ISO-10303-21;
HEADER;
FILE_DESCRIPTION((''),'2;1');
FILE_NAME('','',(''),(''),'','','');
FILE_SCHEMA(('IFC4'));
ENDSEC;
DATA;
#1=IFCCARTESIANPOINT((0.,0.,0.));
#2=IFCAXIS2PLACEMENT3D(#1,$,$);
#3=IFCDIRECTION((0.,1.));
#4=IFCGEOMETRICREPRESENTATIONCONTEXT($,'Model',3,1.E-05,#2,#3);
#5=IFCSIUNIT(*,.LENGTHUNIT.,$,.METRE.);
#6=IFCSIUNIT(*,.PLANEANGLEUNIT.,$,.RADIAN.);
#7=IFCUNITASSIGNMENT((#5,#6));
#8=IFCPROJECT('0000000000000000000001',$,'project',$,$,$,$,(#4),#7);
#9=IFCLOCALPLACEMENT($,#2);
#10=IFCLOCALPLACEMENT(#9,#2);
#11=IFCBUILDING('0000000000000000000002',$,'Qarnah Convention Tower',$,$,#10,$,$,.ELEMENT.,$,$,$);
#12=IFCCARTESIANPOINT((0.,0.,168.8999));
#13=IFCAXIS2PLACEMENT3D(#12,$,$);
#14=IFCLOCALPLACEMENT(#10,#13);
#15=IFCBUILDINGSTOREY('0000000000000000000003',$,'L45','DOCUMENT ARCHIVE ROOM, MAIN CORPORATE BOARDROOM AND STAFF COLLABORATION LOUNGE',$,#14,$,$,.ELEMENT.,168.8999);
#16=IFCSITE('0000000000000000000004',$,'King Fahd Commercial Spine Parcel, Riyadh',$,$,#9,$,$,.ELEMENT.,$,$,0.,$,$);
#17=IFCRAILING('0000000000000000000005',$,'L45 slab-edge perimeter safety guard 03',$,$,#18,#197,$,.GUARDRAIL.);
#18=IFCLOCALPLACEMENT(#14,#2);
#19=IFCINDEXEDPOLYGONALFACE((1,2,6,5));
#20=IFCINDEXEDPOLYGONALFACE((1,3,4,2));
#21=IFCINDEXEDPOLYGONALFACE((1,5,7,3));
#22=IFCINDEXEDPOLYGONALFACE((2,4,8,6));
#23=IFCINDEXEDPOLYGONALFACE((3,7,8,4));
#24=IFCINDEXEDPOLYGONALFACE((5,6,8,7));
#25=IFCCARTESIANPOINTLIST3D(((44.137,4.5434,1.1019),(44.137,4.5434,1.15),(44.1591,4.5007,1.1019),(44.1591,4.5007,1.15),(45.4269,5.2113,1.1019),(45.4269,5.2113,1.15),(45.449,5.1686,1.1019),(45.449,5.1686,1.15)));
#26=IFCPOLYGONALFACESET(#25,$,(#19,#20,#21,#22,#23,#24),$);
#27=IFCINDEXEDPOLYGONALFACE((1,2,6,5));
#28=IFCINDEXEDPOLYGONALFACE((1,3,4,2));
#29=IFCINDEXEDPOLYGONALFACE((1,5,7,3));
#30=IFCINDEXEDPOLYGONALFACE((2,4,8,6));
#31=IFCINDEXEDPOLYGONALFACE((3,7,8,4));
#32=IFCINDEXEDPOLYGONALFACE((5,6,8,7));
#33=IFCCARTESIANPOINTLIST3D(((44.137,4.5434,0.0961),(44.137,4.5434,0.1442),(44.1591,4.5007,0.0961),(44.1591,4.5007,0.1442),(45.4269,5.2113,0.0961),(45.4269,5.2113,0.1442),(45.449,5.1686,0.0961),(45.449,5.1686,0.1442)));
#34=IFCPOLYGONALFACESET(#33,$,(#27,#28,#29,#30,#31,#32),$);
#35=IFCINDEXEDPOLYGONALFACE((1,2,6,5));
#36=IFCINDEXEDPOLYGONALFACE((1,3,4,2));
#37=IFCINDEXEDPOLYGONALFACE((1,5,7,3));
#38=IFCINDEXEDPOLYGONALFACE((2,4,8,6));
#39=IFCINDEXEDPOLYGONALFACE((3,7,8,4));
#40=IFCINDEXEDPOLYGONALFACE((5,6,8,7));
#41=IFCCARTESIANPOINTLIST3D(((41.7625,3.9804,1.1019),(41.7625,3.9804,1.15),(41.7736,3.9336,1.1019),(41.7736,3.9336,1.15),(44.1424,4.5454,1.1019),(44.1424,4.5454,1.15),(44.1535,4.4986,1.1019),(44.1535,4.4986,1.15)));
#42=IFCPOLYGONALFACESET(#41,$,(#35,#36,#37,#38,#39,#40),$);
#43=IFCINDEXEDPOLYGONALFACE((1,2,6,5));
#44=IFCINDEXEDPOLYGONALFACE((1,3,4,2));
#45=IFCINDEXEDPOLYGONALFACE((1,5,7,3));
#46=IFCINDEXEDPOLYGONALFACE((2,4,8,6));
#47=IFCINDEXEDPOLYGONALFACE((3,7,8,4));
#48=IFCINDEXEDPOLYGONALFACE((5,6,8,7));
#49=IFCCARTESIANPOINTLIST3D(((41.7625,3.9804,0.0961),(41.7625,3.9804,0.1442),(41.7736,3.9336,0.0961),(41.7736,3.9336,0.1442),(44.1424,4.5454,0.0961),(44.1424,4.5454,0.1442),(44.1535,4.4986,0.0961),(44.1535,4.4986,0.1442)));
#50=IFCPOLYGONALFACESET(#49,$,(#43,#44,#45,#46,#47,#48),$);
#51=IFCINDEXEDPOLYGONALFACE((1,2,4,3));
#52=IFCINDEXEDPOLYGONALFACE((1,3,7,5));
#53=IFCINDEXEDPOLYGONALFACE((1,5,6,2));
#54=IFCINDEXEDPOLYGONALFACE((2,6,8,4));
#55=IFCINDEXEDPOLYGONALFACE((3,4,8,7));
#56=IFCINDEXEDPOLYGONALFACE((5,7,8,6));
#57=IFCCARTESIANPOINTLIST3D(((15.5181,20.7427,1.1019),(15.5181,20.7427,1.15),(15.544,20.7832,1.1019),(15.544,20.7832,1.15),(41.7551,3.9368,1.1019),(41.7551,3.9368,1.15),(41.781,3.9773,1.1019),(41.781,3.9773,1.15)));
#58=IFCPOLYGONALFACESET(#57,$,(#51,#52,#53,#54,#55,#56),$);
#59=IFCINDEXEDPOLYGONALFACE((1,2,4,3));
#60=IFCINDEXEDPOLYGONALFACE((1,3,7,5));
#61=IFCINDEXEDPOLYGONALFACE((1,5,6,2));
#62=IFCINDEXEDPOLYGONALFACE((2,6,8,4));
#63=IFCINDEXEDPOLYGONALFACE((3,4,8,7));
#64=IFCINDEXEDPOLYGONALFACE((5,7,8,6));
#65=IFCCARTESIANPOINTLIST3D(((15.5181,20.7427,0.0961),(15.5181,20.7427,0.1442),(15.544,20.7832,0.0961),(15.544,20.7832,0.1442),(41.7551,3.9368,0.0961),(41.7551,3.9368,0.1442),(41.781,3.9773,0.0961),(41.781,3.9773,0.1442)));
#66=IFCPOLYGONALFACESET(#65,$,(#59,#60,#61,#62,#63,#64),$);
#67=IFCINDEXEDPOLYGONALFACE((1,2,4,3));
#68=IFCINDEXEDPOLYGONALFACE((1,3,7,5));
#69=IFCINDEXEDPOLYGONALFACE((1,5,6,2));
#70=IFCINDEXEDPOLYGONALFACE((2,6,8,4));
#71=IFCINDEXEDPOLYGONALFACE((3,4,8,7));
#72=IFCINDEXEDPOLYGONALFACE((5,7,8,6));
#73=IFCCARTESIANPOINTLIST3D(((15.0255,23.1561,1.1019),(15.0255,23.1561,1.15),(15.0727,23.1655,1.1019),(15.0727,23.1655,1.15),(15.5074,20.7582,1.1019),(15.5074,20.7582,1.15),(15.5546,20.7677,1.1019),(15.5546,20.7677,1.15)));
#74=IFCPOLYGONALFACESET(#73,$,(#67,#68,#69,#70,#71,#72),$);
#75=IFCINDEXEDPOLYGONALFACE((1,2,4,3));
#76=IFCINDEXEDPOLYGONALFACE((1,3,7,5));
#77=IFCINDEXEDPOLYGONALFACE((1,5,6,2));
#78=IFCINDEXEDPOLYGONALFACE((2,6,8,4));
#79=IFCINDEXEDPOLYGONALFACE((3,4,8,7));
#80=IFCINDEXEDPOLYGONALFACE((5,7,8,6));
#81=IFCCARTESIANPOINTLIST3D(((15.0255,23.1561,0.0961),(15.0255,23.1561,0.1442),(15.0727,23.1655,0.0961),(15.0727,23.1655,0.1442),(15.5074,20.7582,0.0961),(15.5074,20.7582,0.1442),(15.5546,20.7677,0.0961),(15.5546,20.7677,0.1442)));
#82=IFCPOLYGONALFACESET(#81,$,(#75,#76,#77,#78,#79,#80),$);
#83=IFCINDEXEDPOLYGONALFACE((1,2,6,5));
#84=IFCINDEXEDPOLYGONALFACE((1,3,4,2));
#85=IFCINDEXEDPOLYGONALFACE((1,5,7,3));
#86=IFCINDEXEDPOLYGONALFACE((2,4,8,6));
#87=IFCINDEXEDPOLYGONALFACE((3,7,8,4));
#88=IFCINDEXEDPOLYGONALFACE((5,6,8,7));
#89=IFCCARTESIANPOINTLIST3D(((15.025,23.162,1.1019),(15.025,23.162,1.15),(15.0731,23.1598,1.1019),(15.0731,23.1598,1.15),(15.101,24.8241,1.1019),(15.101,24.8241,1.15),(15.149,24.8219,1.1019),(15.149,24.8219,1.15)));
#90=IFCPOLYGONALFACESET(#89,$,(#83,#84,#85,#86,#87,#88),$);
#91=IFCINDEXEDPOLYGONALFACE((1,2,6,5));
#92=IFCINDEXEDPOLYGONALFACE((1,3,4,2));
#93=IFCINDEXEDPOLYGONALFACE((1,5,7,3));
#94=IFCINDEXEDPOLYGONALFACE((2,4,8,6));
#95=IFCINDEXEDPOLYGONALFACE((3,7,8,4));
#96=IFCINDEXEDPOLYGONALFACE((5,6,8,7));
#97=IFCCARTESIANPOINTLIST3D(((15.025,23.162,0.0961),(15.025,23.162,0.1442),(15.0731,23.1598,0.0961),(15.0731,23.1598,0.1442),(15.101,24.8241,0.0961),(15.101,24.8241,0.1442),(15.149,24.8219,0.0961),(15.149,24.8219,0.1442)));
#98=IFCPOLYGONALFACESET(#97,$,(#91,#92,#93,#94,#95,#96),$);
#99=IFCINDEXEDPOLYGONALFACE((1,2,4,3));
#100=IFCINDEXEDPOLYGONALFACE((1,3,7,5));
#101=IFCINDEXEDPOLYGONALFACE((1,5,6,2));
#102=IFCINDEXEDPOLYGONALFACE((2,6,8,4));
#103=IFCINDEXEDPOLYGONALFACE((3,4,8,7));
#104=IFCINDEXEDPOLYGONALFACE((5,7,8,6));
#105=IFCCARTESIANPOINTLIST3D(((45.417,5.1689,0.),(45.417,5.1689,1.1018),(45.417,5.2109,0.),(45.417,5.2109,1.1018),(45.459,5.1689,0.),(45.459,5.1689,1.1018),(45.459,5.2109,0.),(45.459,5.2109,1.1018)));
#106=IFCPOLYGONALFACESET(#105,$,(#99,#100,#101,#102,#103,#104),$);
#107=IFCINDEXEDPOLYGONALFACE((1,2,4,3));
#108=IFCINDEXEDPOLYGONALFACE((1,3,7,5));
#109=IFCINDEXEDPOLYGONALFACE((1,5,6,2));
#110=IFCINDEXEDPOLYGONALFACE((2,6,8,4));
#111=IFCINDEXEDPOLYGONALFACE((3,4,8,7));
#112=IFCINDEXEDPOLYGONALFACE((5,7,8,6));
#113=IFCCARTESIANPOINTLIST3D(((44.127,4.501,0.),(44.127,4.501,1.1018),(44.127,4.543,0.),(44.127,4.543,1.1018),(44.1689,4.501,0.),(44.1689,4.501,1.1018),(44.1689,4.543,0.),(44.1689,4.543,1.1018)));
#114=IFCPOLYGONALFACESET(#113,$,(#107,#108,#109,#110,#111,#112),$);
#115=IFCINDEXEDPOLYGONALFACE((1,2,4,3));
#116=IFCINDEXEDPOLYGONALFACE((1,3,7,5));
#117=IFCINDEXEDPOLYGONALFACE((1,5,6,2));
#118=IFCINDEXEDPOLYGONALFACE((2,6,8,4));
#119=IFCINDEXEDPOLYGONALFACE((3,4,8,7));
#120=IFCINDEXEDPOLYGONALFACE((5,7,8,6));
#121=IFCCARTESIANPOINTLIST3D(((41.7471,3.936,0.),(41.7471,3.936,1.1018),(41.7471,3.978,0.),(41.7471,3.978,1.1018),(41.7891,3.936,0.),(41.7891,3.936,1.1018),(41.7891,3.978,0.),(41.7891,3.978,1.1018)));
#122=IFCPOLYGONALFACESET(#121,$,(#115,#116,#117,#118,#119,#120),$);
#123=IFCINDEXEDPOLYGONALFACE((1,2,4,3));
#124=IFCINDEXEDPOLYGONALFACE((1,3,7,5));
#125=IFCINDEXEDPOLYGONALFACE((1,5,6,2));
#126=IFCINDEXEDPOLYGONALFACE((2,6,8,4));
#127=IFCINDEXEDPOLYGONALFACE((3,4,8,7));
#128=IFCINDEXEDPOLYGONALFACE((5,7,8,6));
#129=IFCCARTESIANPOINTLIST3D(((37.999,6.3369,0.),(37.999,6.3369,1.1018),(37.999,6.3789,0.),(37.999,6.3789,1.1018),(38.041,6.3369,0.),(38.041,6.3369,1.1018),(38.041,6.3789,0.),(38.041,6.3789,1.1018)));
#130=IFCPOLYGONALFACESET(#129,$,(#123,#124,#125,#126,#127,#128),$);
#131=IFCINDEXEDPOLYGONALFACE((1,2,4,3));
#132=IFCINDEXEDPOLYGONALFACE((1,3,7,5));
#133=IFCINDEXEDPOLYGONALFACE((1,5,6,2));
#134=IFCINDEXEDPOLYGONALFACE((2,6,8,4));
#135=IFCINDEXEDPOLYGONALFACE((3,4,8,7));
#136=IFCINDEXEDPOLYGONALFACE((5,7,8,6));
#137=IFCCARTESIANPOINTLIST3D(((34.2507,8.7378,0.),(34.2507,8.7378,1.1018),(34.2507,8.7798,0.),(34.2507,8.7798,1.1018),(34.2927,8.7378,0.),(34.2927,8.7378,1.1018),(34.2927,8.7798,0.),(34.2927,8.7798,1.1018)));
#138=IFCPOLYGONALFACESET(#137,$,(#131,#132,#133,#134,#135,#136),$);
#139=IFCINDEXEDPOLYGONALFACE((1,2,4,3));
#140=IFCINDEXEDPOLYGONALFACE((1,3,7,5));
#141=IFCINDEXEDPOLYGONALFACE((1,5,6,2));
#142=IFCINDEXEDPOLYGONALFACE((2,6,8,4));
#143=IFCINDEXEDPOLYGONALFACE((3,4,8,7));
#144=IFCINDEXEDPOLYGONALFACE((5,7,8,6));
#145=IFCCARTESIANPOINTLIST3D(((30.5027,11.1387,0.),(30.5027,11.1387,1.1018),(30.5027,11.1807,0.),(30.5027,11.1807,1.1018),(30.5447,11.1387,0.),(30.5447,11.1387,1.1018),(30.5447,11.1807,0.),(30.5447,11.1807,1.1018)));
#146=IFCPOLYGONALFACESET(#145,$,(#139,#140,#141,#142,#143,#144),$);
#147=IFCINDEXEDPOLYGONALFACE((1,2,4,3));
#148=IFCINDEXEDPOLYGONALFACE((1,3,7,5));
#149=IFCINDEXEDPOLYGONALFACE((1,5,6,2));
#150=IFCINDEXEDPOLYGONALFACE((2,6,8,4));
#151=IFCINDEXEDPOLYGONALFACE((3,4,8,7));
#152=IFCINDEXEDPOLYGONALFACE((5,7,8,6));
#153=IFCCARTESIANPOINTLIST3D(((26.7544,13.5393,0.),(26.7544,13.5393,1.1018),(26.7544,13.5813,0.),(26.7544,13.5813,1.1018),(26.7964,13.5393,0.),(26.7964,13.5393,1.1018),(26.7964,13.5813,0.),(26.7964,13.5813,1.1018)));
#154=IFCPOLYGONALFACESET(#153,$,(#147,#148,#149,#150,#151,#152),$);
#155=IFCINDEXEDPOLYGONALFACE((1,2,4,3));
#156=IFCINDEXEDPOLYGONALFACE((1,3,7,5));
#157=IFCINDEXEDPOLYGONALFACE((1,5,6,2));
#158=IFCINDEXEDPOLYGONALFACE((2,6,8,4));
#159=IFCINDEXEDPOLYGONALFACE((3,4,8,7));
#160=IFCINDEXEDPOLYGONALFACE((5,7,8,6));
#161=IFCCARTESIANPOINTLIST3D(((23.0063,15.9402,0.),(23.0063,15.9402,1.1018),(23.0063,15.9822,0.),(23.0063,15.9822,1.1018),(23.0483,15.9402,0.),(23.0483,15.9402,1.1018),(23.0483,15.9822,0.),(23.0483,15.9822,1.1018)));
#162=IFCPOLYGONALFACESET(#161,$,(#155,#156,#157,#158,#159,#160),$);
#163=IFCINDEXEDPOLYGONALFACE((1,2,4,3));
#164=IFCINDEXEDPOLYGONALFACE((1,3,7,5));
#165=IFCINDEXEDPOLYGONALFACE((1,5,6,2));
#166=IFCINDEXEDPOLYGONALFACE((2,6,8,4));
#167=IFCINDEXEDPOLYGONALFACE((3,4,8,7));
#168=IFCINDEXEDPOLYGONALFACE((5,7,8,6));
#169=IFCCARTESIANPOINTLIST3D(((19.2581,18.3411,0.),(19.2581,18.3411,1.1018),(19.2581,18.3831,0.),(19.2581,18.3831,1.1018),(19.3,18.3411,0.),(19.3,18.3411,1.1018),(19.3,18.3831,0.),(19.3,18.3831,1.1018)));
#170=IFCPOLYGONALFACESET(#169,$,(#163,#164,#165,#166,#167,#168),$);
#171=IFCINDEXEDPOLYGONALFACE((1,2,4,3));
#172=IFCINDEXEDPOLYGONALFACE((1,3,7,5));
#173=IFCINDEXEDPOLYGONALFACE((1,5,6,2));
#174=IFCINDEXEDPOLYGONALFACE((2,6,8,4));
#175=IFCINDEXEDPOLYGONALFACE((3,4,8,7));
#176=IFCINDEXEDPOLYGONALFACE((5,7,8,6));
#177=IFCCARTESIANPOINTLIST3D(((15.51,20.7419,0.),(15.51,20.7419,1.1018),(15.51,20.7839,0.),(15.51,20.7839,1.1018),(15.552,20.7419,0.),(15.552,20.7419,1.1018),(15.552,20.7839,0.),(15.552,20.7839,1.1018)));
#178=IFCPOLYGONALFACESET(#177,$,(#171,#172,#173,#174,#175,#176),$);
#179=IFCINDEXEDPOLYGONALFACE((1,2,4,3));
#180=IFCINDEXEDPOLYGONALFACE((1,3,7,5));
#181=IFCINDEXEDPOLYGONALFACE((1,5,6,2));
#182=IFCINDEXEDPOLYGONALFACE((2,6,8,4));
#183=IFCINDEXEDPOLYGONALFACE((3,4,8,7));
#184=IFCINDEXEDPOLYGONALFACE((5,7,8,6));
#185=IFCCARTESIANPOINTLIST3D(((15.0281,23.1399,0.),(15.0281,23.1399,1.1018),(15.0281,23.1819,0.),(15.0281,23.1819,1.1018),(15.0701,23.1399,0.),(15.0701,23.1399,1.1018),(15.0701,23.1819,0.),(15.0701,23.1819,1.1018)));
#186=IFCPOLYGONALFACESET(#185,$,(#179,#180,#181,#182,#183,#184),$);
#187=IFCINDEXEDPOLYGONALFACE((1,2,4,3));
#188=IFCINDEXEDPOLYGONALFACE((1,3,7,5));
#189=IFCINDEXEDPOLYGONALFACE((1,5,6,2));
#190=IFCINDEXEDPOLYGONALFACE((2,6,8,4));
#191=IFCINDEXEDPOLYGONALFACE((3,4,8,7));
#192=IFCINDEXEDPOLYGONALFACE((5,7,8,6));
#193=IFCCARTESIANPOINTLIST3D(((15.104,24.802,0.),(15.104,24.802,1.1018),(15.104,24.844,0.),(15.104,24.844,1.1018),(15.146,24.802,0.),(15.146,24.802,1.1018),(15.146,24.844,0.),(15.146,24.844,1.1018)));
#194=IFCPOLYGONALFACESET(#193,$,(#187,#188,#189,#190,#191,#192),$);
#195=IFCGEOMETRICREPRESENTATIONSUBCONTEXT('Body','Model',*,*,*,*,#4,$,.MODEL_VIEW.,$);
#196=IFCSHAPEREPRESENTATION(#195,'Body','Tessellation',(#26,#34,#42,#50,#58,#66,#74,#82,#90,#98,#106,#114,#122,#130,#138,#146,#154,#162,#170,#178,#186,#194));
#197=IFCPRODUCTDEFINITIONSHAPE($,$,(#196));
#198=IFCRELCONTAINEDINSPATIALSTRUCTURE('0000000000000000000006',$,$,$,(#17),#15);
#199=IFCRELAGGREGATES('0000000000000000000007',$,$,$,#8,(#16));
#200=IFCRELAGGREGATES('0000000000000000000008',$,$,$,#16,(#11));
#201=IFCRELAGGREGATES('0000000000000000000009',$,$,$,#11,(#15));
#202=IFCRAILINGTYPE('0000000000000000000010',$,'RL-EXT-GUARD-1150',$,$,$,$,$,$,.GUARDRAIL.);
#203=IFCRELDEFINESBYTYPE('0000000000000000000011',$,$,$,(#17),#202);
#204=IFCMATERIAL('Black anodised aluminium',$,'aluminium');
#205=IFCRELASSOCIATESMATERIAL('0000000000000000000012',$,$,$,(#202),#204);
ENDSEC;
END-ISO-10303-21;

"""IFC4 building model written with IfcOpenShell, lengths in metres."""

from ifc_helpers import new_model, si_unit, direction, frame, origin, origin_2d, place, context, subcontext, project, spatial, rectangle, extrude, material, type_object, element, save


model = new_model("IFC4")

# Units and contexts
model_context = context("Model", 3, precision=1e-05, world=origin(), true_north=direction((0.0, 1.0)))
body_context = subcontext(model_context, "Body", "Model", "MODEL_VIEW")
ifc_project = project(units=[si_unit("LENGTHUNIT", "METRE"), si_unit("PLANEANGLEUNIT", "RADIAN")], contexts=[model_context])

# Site, building, storey
site_placement = place(None, origin())
site = spatial("IfcSite", under=ifc_project, at=site_placement, Name="King Fahd Commercial Spine Parcel, Riyadh", CompositionType="ELEMENT", RefElevation=0.0)
building_placement = place(site_placement, origin())
building = spatial("IfcBuilding", under=site, at=building_placement, Name="Qarnah Convention Tower", CompositionType="ELEMENT")
storey_placement = place(building_placement, frame((0.0, 0.0, 168.8999)))
storey = spatial("IfcBuildingStorey", under=building, at=storey_placement, Name="L45", Description="DOCUMENT ARCHIVE ROOM, MAIN CORPORATE BOARDROOM AND STAFF COLLABORATION LOUNGE", CompositionType="ELEMENT", Elevation=168.8999)

# Shared definitions
ifc_material_1 = material(Name="Black anodised aluminium", Category="aluminium")

# Railing
railing_type = type_object("IfcRailingType", Name="RL-EXT-GUARD-1150", PredefinedType="GUARDRAIL", material=ifc_material_1)
railing_1_placement = place(storey_placement, frame((45.438, 5.1899, 0.0)))
element("IfcRailing", 1, at=railing_1_placement, inside=storey, type_object=railing_type, Name="L45 slab-edge perimeter safety guard 03", PredefinedType="GUARDRAIL", context=body_context, shape_type="SweptSolid", body=[
    extrude(rectangle(XDim=0.0481, YDim=0.0481, at=origin_2d()), frame((0.0, 0.0, 1.126), z_axis=(-0.888019, -0.459807, 0.0), x_axis=(0.459807, -0.888019, 0.0)), (0.0, 0.0, 1.0), 1.4526),
    extrude(rectangle(XDim=0.0481, YDim=0.0481, at=origin_2d()), frame((0.0, 0.0, 0.1201), z_axis=(-0.888019, -0.459807, 0.0), x_axis=(0.459807, -0.888019, 0.0)), (0.0, 0.0, 1.0), 1.4526),
    extrude(rectangle(XDim=0.0481, YDim=0.0481, at=origin_2d()), frame((-1.29, -0.668, 1.126), z_axis=(-0.972962, -0.230964, 0.0), x_axis=(0.230964, -0.972962, 0.0)), (0.0, 0.0, 1.0), 2.446),
    extrude(rectangle(XDim=0.0481, YDim=0.0481, at=origin_2d()), frame((-1.29, -0.668, 0.1201), z_axis=(-0.972962, -0.230964, 0.0), x_axis=(0.230964, -0.972962, 0.0)), (0.0, 0.0, 1.0), 2.446),
    extrude(rectangle(XDim=0.0481, YDim=0.0481, at=origin_2d()), frame((-3.6699, -1.2329, 1.126), z_axis=(-0.842065, 0.539377, 0.0), x_axis=(-0.539377, -0.842065, 0.0)), (0.0, 0.0, 1.0), 31.158),
    extrude(rectangle(XDim=0.0481, YDim=0.0481, at=origin_2d()), frame((-3.6699, -1.2329, 0.1201), z_axis=(-0.842065, 0.539377, 0.0), x_axis=(-0.539377, -0.842065, 0.0)), (0.0, 0.0, 1.0), 31.158),
    extrude(rectangle(XDim=0.0481, YDim=0.0481, at=origin_2d()), frame((-29.907, 15.573, 1.126), z_axis=(-0.197037, 0.980396, 0.0), x_axis=(-0.980396, -0.197037, 0.0)), (0.0, 0.0, 1.0), 2.4458),
    extrude(rectangle(XDim=0.0481, YDim=0.0481, at=origin_2d()), frame((-29.907, 15.573, 0.1201), z_axis=(-0.197037, 0.980396, 0.0), x_axis=(-0.980396, -0.197037, 0.0)), (0.0, 0.0, 1.0), 2.4458),
    extrude(rectangle(XDim=0.0481, YDim=0.0481, at=origin_2d()), frame((-30.3889, 17.9709, 1.126), z_axis=(0.045634, 0.998958, 0.0), x_axis=(-0.998958, 0.045634, 0.0)), (0.0, 0.0, 1.0), 1.6638),
    extrude(rectangle(XDim=0.0481, YDim=0.0481, at=origin_2d()), frame((-30.3889, 17.9709, 0.1201), z_axis=(0.045634, 0.998958, 0.0), x_axis=(-0.998958, 0.045634, 0.0)), (0.0, 0.0, 1.0), 1.6638),
    extrude(rectangle(XDim=0.042, YDim=0.042, at=origin_2d()), origin(), (0.0, 0.0, 1.0), 1.1018),
    extrude(rectangle(XDim=0.042, YDim=0.042, at=origin_2d()), frame((-1.29, -0.668, 0.0)), (0.0, 0.0, 1.0), 1.1018),
    extrude(rectangle(XDim=0.042, YDim=0.042, at=origin_2d()), frame((-3.6699, -1.2329, 0.0)), (0.0, 0.0, 1.0), 1.1018),
    extrude(rectangle(XDim=0.042, YDim=0.042, at=origin_2d()), frame((-7.418, 1.168, 0.0)), (0.0, 0.0, 1.0), 1.1018),
    extrude(rectangle(XDim=0.042, YDim=0.042, at=origin_2d()), frame((-11.1663, 3.5688, 0.0)), (0.0, 0.0, 1.0), 1.1018),
    extrude(rectangle(XDim=0.042, YDim=0.042, at=origin_2d()), frame((-14.9143, 5.9697, 0.0)), (0.0, 0.0, 1.0), 1.1018),
    extrude(rectangle(XDim=0.042, YDim=0.042, at=origin_2d()), frame((-18.6626, 8.3704, 0.0)), (0.0, 0.0, 1.0), 1.1018),
    extrude(rectangle(XDim=0.042, YDim=0.042, at=origin_2d()), frame((-22.4106, 10.7712, 0.0)), (0.0, 0.0, 1.0), 1.1018),
    extrude(rectangle(XDim=0.042, YDim=0.042, at=origin_2d()), frame((-26.1589, 13.1721, 0.0)), (0.0, 0.0, 1.0), 1.1018),
    extrude(rectangle(XDim=0.042, YDim=0.042, at=origin_2d()), frame((-29.907, 15.573, 0.0)), (0.0, 0.0, 1.0), 1.1018),
    extrude(rectangle(XDim=0.042, YDim=0.042, at=origin_2d()), frame((-30.3889, 17.9709, 0.0)), (0.0, 0.0, 1.0), 1.1018),
    extrude(rectangle(XDim=0.042, YDim=0.042, at=origin_2d()), frame((-30.313, 19.6331, 0.0)), (0.0, 0.0, 1.0), 1.1018),
])

save(model, "model.ifc")
